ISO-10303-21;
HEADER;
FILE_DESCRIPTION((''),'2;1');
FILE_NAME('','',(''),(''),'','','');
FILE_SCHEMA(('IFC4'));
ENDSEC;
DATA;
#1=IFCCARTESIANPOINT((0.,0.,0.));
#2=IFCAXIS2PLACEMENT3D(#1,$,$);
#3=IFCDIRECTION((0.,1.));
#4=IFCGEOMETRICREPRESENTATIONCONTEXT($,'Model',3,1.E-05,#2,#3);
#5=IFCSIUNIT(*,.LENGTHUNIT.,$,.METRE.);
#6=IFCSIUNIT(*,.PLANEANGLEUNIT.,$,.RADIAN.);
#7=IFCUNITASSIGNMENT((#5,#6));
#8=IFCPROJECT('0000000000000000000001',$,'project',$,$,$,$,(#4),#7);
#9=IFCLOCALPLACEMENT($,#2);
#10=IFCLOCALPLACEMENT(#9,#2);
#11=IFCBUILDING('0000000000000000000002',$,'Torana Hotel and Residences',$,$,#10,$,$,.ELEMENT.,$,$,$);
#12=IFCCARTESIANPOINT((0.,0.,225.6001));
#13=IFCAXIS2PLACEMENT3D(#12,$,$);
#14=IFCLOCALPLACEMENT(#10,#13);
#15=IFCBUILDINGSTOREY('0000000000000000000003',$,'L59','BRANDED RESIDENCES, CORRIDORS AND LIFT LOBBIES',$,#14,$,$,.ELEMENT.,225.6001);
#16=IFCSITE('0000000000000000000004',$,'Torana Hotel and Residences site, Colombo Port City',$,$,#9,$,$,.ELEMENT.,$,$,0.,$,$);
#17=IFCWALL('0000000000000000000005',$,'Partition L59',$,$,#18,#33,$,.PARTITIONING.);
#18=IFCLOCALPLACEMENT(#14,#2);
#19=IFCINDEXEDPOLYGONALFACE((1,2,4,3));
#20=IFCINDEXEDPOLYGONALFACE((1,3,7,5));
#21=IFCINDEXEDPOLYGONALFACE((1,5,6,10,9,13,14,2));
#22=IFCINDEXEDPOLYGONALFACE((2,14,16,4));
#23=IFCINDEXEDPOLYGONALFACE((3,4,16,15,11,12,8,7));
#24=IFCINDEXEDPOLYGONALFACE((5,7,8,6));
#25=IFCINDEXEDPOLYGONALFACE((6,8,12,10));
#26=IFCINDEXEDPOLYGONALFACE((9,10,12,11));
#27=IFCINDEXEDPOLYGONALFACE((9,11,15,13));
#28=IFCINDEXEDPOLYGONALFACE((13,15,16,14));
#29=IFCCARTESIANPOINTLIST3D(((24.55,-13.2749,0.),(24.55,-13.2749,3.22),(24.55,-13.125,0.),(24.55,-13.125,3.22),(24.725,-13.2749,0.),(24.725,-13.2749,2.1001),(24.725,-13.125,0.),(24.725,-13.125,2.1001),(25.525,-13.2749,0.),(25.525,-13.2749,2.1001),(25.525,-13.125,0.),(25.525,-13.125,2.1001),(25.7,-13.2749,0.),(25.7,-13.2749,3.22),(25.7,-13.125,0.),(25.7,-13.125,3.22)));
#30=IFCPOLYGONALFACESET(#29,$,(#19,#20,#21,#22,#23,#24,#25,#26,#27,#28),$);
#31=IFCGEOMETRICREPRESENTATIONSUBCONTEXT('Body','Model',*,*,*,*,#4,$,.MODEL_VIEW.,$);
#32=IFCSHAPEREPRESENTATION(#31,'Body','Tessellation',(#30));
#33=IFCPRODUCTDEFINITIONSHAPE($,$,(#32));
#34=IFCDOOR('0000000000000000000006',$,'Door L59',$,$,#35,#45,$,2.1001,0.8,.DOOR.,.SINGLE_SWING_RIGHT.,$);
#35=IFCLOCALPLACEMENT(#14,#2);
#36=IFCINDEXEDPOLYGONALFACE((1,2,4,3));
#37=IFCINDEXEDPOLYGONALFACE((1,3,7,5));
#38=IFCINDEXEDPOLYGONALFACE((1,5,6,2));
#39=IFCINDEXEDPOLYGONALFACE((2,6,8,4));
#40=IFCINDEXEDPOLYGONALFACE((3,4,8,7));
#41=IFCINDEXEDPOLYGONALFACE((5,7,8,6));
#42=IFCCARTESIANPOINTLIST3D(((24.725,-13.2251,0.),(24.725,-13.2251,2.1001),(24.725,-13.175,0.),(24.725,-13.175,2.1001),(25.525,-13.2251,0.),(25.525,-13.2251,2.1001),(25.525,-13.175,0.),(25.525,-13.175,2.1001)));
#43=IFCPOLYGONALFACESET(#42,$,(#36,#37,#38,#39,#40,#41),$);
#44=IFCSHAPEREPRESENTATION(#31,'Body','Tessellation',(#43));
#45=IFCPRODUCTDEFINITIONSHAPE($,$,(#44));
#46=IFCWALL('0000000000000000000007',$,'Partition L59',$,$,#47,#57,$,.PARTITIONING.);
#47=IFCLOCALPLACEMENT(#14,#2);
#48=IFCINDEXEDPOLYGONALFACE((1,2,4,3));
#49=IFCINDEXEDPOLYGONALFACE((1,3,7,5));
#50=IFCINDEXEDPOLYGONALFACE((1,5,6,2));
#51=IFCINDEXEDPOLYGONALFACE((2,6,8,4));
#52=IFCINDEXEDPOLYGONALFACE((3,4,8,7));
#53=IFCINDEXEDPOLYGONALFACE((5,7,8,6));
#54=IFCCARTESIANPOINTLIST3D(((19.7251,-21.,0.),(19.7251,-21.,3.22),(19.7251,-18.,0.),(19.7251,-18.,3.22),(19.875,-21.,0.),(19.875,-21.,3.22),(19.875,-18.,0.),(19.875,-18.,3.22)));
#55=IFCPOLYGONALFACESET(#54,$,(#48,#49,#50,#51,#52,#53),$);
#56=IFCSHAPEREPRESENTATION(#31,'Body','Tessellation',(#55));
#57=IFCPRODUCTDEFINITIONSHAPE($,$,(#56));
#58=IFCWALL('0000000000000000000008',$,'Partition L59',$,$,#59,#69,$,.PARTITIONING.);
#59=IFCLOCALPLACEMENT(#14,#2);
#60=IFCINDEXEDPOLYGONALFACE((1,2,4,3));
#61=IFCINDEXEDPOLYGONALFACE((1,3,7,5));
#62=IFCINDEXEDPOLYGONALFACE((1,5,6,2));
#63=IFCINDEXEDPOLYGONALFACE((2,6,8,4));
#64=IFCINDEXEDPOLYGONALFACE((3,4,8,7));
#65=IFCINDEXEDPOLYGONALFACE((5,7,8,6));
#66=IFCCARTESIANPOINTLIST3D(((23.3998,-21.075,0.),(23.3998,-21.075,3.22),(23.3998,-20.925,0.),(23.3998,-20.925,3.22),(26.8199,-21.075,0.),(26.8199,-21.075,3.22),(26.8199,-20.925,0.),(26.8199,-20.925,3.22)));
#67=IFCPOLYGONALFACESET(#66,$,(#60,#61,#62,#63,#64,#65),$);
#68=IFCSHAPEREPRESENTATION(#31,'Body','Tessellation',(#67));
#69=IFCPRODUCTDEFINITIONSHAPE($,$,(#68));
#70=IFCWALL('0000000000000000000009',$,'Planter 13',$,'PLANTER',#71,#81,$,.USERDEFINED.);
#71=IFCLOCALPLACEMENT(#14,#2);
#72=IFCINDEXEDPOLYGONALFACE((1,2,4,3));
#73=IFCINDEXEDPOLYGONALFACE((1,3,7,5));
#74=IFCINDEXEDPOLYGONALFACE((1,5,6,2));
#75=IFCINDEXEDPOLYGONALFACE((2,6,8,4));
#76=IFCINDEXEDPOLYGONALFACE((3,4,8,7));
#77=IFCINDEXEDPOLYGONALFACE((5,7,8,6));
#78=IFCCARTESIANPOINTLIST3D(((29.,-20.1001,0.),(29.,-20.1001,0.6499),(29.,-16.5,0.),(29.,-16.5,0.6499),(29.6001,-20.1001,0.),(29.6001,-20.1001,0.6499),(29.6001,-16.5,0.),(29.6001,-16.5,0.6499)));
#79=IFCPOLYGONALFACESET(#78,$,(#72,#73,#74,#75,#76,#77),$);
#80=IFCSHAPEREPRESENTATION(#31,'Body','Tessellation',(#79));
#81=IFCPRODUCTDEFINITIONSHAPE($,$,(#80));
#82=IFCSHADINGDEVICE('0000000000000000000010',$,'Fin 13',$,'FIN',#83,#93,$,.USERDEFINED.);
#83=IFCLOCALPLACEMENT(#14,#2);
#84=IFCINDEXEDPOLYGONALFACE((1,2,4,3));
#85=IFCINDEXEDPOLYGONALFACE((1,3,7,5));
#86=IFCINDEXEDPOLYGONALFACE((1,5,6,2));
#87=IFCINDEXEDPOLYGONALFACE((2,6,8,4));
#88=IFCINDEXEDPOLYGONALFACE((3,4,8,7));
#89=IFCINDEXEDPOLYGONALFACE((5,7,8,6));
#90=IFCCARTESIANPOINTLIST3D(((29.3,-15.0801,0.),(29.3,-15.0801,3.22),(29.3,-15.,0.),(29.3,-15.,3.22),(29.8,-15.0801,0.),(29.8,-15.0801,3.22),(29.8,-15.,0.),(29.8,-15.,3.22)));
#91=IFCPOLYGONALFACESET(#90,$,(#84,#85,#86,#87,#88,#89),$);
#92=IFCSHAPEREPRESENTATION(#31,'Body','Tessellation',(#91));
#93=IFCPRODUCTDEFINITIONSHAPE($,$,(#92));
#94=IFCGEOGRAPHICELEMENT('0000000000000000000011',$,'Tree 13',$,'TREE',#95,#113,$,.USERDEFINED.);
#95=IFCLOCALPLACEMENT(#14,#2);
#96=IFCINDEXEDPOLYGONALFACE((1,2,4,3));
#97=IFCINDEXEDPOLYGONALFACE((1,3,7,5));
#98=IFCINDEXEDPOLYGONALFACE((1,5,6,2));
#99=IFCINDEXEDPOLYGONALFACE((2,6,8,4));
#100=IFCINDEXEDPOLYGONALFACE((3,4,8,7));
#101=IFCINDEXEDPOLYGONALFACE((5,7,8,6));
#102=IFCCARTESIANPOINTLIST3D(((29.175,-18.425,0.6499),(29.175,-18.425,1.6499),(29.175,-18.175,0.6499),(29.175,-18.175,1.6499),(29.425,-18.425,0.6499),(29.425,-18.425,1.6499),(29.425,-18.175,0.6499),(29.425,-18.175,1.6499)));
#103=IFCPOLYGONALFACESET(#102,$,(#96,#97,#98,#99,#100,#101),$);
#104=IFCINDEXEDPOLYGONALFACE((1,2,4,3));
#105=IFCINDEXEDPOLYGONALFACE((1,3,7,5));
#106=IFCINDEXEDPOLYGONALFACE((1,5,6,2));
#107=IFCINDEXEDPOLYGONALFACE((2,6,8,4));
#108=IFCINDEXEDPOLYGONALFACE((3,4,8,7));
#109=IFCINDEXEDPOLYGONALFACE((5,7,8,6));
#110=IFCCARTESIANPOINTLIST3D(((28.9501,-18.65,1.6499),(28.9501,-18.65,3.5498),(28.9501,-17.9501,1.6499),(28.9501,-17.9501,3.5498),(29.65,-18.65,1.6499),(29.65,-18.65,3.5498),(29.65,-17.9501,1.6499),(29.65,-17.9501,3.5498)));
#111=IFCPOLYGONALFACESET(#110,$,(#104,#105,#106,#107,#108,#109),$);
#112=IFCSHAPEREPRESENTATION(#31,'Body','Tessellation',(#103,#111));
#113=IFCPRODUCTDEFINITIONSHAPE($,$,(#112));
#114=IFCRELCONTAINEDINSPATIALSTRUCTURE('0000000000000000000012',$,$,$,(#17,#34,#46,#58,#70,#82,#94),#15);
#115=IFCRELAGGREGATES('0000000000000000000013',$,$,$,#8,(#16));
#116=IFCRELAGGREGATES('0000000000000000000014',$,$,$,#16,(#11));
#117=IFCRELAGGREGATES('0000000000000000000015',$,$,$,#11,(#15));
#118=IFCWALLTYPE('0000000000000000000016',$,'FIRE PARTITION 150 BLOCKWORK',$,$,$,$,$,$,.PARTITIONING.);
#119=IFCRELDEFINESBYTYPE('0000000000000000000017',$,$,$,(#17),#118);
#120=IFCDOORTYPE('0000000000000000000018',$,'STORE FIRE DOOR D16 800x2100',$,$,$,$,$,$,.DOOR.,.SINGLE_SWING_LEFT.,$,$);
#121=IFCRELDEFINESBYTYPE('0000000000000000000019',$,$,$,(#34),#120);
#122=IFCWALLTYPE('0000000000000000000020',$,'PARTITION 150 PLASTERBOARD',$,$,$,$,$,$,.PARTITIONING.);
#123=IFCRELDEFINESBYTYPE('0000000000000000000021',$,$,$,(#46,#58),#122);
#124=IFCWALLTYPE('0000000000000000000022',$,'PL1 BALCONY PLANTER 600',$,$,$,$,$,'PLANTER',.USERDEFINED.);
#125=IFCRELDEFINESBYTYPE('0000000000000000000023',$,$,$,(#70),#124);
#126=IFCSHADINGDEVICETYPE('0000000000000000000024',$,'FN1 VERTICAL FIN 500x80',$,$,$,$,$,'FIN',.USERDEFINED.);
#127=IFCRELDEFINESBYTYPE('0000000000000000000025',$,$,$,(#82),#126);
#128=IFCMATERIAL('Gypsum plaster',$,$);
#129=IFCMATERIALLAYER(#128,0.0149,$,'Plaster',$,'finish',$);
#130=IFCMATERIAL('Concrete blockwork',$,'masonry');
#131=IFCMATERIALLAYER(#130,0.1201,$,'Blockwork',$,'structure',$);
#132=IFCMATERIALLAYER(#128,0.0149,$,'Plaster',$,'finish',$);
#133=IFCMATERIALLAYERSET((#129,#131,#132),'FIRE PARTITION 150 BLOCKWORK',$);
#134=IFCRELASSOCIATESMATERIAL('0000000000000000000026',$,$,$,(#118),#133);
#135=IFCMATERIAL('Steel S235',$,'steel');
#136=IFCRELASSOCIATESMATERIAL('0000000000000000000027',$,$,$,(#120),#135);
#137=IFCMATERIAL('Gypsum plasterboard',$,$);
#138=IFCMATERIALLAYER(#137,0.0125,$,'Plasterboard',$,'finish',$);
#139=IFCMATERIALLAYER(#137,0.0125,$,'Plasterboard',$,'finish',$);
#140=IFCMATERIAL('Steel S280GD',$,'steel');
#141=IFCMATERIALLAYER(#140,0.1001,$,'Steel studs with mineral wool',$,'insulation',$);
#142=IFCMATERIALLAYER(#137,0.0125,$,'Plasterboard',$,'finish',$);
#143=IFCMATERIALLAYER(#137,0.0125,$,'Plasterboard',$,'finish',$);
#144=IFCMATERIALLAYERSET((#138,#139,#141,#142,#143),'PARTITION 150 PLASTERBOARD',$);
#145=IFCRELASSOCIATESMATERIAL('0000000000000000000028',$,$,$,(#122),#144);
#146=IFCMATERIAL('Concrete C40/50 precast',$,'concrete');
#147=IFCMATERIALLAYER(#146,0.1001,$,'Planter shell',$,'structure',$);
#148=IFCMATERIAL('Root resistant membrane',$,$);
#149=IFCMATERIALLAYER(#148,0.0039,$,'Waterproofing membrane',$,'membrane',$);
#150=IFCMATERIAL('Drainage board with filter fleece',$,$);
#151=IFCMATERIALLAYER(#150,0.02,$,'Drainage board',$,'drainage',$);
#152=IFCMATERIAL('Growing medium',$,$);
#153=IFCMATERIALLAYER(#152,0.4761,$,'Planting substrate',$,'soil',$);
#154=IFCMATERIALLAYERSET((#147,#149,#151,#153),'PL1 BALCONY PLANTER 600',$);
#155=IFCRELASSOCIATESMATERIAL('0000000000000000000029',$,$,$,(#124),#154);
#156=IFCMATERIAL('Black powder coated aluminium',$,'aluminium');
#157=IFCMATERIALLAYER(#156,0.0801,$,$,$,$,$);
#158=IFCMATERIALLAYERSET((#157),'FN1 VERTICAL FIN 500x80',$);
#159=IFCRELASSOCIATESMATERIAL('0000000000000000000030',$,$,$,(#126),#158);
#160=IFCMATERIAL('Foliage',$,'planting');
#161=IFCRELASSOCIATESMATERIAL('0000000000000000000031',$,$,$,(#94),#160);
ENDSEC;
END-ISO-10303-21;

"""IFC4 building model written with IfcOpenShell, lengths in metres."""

from ifc_helpers import new_model, si_unit, direction, frame, frame_2d, origin, origin_2d, place, context, subcontext, project, spatial, rectangle, extrude, material, layer, layer_set, type_object, element, fill, save


model = new_model("IFC4")

# Units and contexts
model_context = context("Model", 3, precision=1e-05, world=origin(), true_north=direction((0.0, 1.0)))
body_context = subcontext(model_context, "Body", "Model", "MODEL_VIEW")
ifc_project = project(units=[si_unit("LENGTHUNIT", "METRE"), si_unit("PLANEANGLEUNIT", "RADIAN")], contexts=[model_context])

# Site, building, storey
site_placement = place(None, origin())
site = spatial("IfcSite", under=ifc_project, at=site_placement, Name="Torana Hotel and Residences site, Colombo Port City", CompositionType="ELEMENT", RefElevation=0.0)
building_placement = place(site_placement, origin())
building = spatial("IfcBuilding", under=site, at=building_placement, Name="Torana Hotel and Residences", CompositionType="ELEMENT")
storey_placement = place(building_placement, frame((0.0, 0.0, 225.6001)))
storey = spatial("IfcBuildingStorey", under=building, at=storey_placement, Name="L59", Description="BRANDED RESIDENCES, CORRIDORS AND LIFT LOBBIES", CompositionType="ELEMENT", Elevation=225.6001)

# Shared definitions
ifc_material_1 = material(Name="Gypsum plaster")
ifc_layer_1 = layer(ifc_material_1, 0.0149, Name="Plaster", Category="finish")
ifc_material_2 = material(Name="Concrete blockwork", Category="masonry")
ifc_layer_2 = layer(ifc_material_2, 0.1201, Name="Blockwork", Category="structure")
ifc_layer_3 = layer(ifc_material_1, 0.0149, Name="Plaster", Category="finish")
ifc_layer_set_1 = layer_set([ifc_layer_1, ifc_layer_2, ifc_layer_3], Name="FIRE PARTITION 150 BLOCKWORK")
wall_type_1 = type_object("IfcWallType", Name="FIRE PARTITION 150 BLOCKWORK", PredefinedType="PARTITIONING", material=ifc_layer_set_1)

# Wall, opening, door
wall_1_placement = place(storey_placement, frame((24.55, -13.2, 0.0), z_axis=(0.0, 0.0, 1.0), x_axis=(1.0, 0.0, 0.0)))
wall_1 = element("IfcWall", 1, at=wall_1_placement, inside=storey, type_object=wall_type_1, Name="Partition L59", PredefinedType="PARTITIONING", context=body_context, shape_type="SweptSolid", body=[
    extrude(rectangle(XDim=1.1499, YDim=0.1499, at=frame_2d((0.575, 0.0))), origin(), (0.0, 0.0, 1.0), 3.22),
])
opening_1_placement = place(wall_1_placement, frame((0.175, 0.0, 0.0)))
opening_1 = element("IfcOpeningElement", 2, at=opening_1_placement, cuts=wall_1, PredefinedType="OPENING", context=body_context, shape_type="SweptSolid", body=[
    extrude(rectangle(XDim=0.8, YDim=2.1001, at=frame_2d((0.3999, 1.05))), frame((0.0, 0.085, 0.0), z_axis=(0.0, -1.0, 0.0), x_axis=(1.0, 0.0, 0.0)), (0.0, 0.0, 1.0), 0.1699),
])
ifc_material_3 = material(Name="Steel S235", Category="steel")
door_type_1 = type_object("IfcDoorType", Name="STORE FIRE DOOR D16 800x2100", OperationType="SINGLE_SWING_LEFT", PredefinedType="DOOR", material=ifc_material_3)
door_1_placement = place(opening_1_placement, origin())
door_1 = element("IfcDoor", 3, at=door_1_placement, inside=storey, type_object=door_type_1, Name="Door L59", OperationType="SINGLE_SWING_RIGHT", OverallHeight=2.1001, OverallWidth=0.8, PredefinedType="DOOR", context=body_context, shape_type="SweptSolid", body=[
    extrude(rectangle(XDim=0.8, YDim=2.1001, at=frame_2d((0.3999, 1.05))), frame((0.0, 0.0249, 0.0), z_axis=(0.0, -1.0, 0.0), x_axis=(1.0, 0.0, 0.0)), (0.0, 0.0, 1.0), 0.05),
])
fill(opening_1, door_1)

# Walls
ifc_material_4 = material(Name="Gypsum plasterboard")
ifc_layer_4 = layer(ifc_material_4, 0.0125, Name="Plasterboard", Category="finish")
ifc_layer_5 = layer(ifc_material_4, 0.0125, Name="Plasterboard", Category="finish")
ifc_material_5 = material(Name="Steel S280GD", Category="steel")
ifc_layer_6 = layer(ifc_material_5, 0.1001, Name="Steel studs with mineral wool", Category="insulation")
ifc_layer_7 = layer(ifc_material_4, 0.0125, Name="Plasterboard", Category="finish")
ifc_layer_8 = layer(ifc_material_4, 0.0125, Name="Plasterboard", Category="finish")
ifc_layer_set_2 = layer_set([ifc_layer_4, ifc_layer_5, ifc_layer_6, ifc_layer_7, ifc_layer_8], Name="PARTITION 150 PLASTERBOARD")
wall_type_2 = type_object("IfcWallType", Name="PARTITION 150 PLASTERBOARD", PredefinedType="PARTITIONING", material=ifc_layer_set_2)
wall_2_placement = place(storey_placement, frame((19.8, -21.0, 0.0), z_axis=(0.0, 0.0, 1.0), x_axis=(0.0, 1.0, 0.0)))
element("IfcWall", 4, at=wall_2_placement, inside=storey, type_object=wall_type_2, Name="Partition L59", PredefinedType="PARTITIONING", context=body_context, shape_type="SweptSolid", body=[
    extrude(rectangle(XDim=3.0, YDim=0.1499, at=frame_2d((1.5, 0.0))), origin(), (0.0, 0.0, 1.0), 3.22),
])
wall_3_placement = place(storey_placement, frame((23.3999, -21.0, 0.0), z_axis=(0.0, 0.0, 1.0), x_axis=(1.0, 0.0, 0.0)))
element("IfcWall", 5, at=wall_3_placement, inside=storey, type_object=wall_type_2, Name="Partition L59", PredefinedType="PARTITIONING", context=body_context, shape_type="SweptSolid", body=[
    extrude(rectangle(XDim=3.4202, YDim=0.1499, at=frame_2d((1.71, 0.0))), origin(), (0.0, 0.0, 1.0), 3.22),
])
ifc_material_6 = material(Name="Concrete C40/50 precast", Category="concrete")
ifc_layer_9 = layer(ifc_material_6, 0.1001, Name="Planter shell", Category="structure")
ifc_material_7 = material(Name="Root resistant membrane")
ifc_layer_10 = layer(ifc_material_7, 0.0039, Name="Waterproofing membrane", Category="membrane")
ifc_material_8 = material(Name="Drainage board with filter fleece")
ifc_layer_11 = layer(ifc_material_8, 0.02, Name="Drainage board", Category="drainage")
ifc_material_9 = material(Name="Growing medium")
ifc_layer_12 = layer(ifc_material_9, 0.4761, Name="Planting substrate", Category="soil")
ifc_layer_set_3 = layer_set([ifc_layer_9, ifc_layer_10, ifc_layer_11, ifc_layer_12], Name="PL1 BALCONY PLANTER 600")
wall_type_3 = type_object("IfcWallType", Name="PL1 BALCONY PLANTER 600", ElementType="PLANTER", PredefinedType="USERDEFINED", material=ifc_layer_set_3)
wall_4_placement = place(storey_placement, frame((29.3, -16.5, 0.0), z_axis=(0.0, 0.0, 1.0), x_axis=(0.0, -1.0, 0.0)))
element("IfcWall", 6, at=wall_4_placement, inside=storey, type_object=wall_type_3, Name="Planter 13", ObjectType="PLANTER", PredefinedType="USERDEFINED", context=body_context, shape_type="SweptSolid", body=[
    extrude(rectangle(XDim=3.6001, YDim=0.6001, at=frame_2d((1.8, 0.0))), origin(), (0.0, 0.0, 1.0), 0.6499),
])

# Shading device
ifc_material_10 = material(Name="Black powder coated aluminium", Category="aluminium")
ifc_layer_13 = layer(ifc_material_10, 0.0801)
ifc_layer_set_4 = layer_set([ifc_layer_13], Name="FN1 VERTICAL FIN 500x80")
shading_device_type = type_object("IfcShadingDeviceType", Name="FN1 VERTICAL FIN 500x80", ElementType="FIN", PredefinedType="USERDEFINED", material=ifc_layer_set_4)
shading_device_placement = place(storey_placement, frame((29.55, -15.04, 0.0), z_axis=(0.0, 0.0, 1.0), x_axis=(0.0, -1.0, 0.0)))
element("IfcShadingDevice", 7, at=shading_device_placement, inside=storey, type_object=shading_device_type, Name="Fin 13", ObjectType="FIN", PredefinedType="USERDEFINED", context=body_context, shape_type="SweptSolid", body=[
    extrude(rectangle(XDim=0.0801, YDim=0.5, at=origin_2d()), origin(), (0.0, 0.0, 1.0), 3.22),
])

# Geographic element
ifc_material_11 = material(Name="Foliage", Category="planting")
geographic_element_placement = place(storey_placement, frame((29.3, -18.3, 0.6499), z_axis=(0.0, 0.0, 1.0), x_axis=(1.0, 0.0, 0.0)))
element("IfcGeographicElement", 8, at=geographic_element_placement, inside=storey, material=ifc_material_11, Name="Tree 13", ObjectType="TREE", PredefinedType="USERDEFINED", context=body_context, shape_type="SweptSolid", body=[
    extrude(rectangle(XDim=0.25, YDim=0.25, at=origin_2d()), origin(), (0.0, 0.0, 1.0), 1.0),
    extrude(rectangle(XDim=0.7, YDim=0.7, at=origin_2d()), frame((0.0, 0.0, 1.0)), (0.0, 0.0, 1.0), 1.8999),
])

save(model, "model.ifc")
